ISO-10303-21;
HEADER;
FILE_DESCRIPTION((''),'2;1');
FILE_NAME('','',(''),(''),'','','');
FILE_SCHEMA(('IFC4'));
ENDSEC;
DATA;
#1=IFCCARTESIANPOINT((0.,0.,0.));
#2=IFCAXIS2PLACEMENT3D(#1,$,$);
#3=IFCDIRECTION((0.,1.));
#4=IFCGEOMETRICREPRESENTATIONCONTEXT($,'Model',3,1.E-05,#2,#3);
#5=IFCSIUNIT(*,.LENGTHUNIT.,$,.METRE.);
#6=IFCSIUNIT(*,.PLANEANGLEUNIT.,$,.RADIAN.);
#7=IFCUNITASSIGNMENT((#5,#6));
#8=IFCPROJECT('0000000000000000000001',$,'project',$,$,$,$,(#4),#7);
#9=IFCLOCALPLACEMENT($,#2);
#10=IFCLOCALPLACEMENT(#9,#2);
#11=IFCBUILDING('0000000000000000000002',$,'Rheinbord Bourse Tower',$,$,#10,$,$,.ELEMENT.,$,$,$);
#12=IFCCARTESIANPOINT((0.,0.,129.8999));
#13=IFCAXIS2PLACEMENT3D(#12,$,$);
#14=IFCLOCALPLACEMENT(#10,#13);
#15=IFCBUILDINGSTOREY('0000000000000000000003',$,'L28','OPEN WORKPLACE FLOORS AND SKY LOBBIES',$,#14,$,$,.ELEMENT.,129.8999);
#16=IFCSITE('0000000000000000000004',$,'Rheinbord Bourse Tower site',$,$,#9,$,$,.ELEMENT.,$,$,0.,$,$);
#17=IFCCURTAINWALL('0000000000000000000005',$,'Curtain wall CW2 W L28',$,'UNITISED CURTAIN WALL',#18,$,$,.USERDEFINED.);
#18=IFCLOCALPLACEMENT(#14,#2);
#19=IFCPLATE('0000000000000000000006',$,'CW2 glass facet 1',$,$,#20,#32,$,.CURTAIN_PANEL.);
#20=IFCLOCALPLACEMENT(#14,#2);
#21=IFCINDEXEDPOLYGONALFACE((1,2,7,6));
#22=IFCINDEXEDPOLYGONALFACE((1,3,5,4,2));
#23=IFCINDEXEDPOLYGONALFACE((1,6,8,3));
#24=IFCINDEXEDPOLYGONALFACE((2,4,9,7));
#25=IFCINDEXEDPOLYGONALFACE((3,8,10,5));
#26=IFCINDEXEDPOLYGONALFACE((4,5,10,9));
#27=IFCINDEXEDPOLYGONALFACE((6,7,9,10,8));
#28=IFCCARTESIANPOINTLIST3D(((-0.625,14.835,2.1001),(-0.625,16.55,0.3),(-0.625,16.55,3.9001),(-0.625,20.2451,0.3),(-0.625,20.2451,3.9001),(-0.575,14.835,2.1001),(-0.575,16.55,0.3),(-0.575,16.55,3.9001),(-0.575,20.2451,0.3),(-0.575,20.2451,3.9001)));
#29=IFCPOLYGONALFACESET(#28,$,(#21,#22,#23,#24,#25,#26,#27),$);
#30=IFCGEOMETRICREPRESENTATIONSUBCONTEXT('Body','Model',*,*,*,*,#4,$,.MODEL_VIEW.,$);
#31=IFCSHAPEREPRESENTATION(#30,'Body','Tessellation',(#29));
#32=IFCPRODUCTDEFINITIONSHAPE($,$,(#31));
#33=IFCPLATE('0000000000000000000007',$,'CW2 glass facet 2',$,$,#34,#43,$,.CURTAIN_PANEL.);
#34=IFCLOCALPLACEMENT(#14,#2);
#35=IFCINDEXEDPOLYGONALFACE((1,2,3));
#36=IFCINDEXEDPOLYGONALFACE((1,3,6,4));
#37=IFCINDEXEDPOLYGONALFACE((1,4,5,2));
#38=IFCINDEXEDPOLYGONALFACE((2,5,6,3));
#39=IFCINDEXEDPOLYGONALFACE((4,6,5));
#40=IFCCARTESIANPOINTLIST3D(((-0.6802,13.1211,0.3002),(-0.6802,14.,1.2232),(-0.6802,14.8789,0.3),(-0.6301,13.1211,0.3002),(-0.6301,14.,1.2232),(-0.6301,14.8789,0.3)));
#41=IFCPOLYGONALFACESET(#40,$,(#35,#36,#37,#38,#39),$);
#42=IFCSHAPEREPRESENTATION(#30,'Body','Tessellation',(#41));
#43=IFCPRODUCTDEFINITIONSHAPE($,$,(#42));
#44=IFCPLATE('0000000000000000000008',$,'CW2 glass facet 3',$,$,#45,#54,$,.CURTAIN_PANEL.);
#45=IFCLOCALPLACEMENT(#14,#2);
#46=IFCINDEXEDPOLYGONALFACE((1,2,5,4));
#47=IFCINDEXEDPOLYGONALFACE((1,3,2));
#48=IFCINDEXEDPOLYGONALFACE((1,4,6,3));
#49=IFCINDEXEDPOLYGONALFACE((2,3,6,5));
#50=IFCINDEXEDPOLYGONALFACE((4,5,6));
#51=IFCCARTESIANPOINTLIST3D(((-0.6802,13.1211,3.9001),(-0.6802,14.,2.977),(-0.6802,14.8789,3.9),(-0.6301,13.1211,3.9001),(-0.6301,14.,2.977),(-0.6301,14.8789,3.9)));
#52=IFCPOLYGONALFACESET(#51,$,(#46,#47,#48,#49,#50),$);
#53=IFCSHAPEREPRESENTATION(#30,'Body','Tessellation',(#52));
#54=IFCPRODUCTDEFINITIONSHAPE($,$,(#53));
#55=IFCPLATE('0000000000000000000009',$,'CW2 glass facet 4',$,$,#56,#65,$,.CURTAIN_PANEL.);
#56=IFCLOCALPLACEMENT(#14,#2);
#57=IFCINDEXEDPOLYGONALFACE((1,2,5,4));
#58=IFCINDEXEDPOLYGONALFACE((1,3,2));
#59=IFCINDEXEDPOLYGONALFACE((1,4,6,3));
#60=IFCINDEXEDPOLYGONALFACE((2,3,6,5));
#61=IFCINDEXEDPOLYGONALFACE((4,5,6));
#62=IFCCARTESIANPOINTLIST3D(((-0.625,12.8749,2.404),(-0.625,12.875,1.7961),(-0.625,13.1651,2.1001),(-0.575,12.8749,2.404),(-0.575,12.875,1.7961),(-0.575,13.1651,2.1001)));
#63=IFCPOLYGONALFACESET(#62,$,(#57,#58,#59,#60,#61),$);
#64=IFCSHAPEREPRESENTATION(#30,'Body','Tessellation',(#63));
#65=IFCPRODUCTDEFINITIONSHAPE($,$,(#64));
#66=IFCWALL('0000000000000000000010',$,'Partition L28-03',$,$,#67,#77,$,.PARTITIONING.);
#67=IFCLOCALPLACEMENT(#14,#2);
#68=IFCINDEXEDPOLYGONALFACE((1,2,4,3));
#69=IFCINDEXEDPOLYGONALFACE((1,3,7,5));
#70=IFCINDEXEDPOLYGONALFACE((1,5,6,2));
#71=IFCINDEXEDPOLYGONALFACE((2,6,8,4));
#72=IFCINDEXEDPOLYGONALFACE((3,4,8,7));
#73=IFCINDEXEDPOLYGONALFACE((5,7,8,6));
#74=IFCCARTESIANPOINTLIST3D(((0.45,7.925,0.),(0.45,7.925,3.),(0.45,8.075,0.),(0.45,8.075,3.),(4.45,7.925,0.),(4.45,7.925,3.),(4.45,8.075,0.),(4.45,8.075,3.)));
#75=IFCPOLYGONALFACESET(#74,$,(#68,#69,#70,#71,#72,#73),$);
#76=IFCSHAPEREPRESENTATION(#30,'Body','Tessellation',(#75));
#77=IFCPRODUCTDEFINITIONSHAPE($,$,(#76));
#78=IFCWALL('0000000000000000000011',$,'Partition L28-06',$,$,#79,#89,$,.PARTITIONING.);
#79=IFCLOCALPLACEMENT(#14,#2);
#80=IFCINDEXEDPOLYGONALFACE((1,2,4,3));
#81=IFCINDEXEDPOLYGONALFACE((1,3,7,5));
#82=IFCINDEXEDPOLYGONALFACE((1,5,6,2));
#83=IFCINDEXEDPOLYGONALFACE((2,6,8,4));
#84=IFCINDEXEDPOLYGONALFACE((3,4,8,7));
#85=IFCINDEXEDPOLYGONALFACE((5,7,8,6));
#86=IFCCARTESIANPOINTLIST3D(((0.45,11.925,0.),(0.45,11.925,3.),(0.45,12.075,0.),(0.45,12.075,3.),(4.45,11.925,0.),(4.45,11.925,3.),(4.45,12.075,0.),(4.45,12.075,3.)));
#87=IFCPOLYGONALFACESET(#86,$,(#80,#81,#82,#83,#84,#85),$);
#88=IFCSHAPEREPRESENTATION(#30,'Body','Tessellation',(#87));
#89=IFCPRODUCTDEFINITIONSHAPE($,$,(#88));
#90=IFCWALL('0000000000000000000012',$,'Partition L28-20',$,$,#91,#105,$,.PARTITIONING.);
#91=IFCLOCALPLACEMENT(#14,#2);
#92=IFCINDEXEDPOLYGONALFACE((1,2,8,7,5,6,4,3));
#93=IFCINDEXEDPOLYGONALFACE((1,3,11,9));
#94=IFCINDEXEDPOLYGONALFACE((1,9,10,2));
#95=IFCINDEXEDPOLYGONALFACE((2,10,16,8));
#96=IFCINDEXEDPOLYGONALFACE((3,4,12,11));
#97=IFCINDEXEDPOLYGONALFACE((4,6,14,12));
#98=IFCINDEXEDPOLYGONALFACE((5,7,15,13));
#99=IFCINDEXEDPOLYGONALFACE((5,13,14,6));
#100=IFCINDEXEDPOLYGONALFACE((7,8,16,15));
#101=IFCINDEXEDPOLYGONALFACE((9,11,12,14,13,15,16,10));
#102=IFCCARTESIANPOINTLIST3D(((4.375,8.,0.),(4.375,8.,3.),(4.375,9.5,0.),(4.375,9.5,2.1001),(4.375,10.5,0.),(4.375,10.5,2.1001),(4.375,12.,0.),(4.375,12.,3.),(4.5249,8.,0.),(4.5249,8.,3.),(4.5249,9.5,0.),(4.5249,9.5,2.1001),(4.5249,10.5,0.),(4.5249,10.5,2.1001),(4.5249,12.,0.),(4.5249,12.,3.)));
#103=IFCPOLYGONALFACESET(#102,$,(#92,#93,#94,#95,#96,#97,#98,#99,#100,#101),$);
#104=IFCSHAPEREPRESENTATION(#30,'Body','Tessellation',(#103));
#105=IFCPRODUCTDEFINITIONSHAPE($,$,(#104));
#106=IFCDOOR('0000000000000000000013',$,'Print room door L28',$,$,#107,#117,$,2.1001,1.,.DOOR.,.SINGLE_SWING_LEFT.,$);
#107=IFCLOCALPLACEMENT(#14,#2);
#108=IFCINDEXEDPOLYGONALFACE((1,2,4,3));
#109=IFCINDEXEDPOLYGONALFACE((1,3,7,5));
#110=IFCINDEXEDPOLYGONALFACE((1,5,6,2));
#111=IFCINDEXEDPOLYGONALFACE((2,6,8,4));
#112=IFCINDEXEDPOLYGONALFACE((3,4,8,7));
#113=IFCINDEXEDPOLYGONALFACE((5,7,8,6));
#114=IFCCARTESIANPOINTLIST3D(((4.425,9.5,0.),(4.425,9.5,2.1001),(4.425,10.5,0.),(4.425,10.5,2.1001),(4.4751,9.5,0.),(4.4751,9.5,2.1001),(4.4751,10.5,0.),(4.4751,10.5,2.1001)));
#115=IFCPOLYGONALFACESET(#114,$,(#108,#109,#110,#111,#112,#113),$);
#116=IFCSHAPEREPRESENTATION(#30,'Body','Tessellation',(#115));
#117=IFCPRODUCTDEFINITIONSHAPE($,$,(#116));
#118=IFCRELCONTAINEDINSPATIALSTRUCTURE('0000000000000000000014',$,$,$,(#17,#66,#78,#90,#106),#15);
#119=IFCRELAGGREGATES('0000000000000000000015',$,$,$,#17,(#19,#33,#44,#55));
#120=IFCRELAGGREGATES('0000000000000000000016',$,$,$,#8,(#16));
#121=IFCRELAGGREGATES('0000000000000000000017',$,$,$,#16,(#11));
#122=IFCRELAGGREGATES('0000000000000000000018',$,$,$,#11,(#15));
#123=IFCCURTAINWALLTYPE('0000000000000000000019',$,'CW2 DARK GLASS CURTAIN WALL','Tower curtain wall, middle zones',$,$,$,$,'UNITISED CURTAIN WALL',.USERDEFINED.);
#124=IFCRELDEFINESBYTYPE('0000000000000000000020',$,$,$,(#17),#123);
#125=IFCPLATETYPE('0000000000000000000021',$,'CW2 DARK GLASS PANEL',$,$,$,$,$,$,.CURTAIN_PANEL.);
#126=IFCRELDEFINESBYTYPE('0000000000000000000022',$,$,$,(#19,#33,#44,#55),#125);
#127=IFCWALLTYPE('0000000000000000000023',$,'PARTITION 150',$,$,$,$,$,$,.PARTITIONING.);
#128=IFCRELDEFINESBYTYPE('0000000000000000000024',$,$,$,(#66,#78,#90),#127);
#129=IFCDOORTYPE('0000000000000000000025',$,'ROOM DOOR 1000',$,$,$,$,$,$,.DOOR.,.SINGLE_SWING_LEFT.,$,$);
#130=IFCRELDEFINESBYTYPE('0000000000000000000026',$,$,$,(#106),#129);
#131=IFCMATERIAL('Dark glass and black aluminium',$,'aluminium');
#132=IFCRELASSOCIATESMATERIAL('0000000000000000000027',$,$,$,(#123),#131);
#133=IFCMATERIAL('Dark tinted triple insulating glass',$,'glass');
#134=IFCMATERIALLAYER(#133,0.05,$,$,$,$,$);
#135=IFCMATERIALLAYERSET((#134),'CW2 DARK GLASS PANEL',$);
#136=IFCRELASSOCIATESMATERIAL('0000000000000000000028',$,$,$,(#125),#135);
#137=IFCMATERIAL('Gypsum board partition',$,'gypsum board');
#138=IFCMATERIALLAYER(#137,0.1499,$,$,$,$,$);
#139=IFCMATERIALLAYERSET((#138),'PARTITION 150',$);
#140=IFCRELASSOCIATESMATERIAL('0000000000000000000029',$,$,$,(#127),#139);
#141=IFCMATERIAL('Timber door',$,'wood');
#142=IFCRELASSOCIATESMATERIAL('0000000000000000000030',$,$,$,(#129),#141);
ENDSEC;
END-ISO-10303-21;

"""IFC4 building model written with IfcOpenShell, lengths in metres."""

from ifc_helpers import new_model, si_unit, direction, frame, frame_2d, origin, place, context, subcontext, project, spatial, polyline, rectangle, outline, extrude, material, layer, layer_set, type_object, element, fill, aggregate, save


model = new_model("IFC4")

# Units and contexts
model_context = context("Model", 3, precision=1e-05, world=origin(), true_north=direction((0.0, 1.0)))
body_context = subcontext(model_context, "Body", "Model", "MODEL_VIEW")
ifc_project = project(units=[si_unit("LENGTHUNIT", "METRE"), si_unit("PLANEANGLEUNIT", "RADIAN")], contexts=[model_context])

# Site, building, storey
site_placement = place(None, origin())
site = spatial("IfcSite", under=ifc_project, at=site_placement, Name="Rheinbord Bourse Tower site", CompositionType="ELEMENT", RefElevation=0.0)
building_placement = place(site_placement, origin())
building = spatial("IfcBuilding", under=site, at=building_placement, Name="Rheinbord Bourse Tower", CompositionType="ELEMENT")
storey_placement = place(building_placement, frame((0.0, 0.0, 129.8999)))
storey = spatial("IfcBuildingStorey", under=building, at=storey_placement, Name="L28", Description="OPEN WORKPLACE FLOORS AND SKY LOBBIES", CompositionType="ELEMENT", Elevation=129.8999)

# Curtain wall
ifc_material_1 = material(Name="Dark glass and black aluminium", Category="aluminium")
curtain_wall_type = type_object("IfcCurtainWallType", Name="CW2 DARK GLASS CURTAIN WALL", Description="Tower curtain wall, middle zones", ElementType="UNITISED CURTAIN WALL", PredefinedType="USERDEFINED", material=ifc_material_1)
curtain_wall_placement = place(storey_placement, origin())
curtain_wall = element("IfcCurtainWall", 1, at=curtain_wall_placement, inside=storey, type_object=curtain_wall_type, Name="Curtain wall CW2 W L28", ObjectType="UNITISED CURTAIN WALL", PredefinedType="USERDEFINED")

# Plates
ifc_material_2 = material(Name="Dark tinted triple insulating glass", Category="glass")
ifc_layer_1 = layer(ifc_material_2, 0.05)
ifc_layer_set_1 = layer_set([ifc_layer_1], Name="CW2 DARK GLASS PANEL")
plate_type = type_object("IfcPlateType", Name="CW2 DARK GLASS PANEL", PredefinedType="CURTAIN_PANEL", material=ifc_layer_set_1)
plate_1_placement = place(storey_placement, frame((-0.625, 20.2451, 0.3), z_axis=(1.0, 0.0, 0.0), x_axis=(0.0, 0.0, 1.0)))
plate_1 = element("IfcPlate", 2, at=plate_1_placement, type_object=plate_type, Name="CW2 glass facet 1", PredefinedType="CURTAIN_PANEL", context=body_context, shape_type="SweptSolid", body=[
    extrude(outline(polyline([(0.0, 0.0), (3.6001, 0.0), (3.6001, 3.6951), (1.8, 5.4102), (0.0, 3.6951), (0.0, 0.0)])), origin(), (0.0, 0.0, 1.0), 0.05),
])
plate_2_placement = place(storey_placement, frame((-0.6802, 14.8789, 0.3), z_axis=(1.0, 0.0, 0.0), x_axis=(0.0, -0.68956, 0.724229)))
plate_2 = element("IfcPlate", 3, at=plate_2_placement, type_object=plate_type, Name="CW2 glass facet 2", PredefinedType="CURTAIN_PANEL", context=body_context, shape_type="SweptSolid", body=[
    extrude(outline(polyline([(0.0, 0.0), (1.2747, 0.0), (1.2122, 1.2729), (0.0, 0.0)])), origin(), (0.0, 0.0, 1.0), 0.05),
])
plate_3_placement = place(storey_placement, frame((-0.6802, 13.1211, 3.9001), z_axis=(1.0, 0.0, 0.0), x_axis=(0.0, 0.68956, -0.724229)))
plate_3 = element("IfcPlate", 4, at=plate_3_placement, type_object=plate_type, Name="CW2 glass facet 3", PredefinedType="CURTAIN_PANEL", context=body_context, shape_type="SweptSolid", body=[
    extrude(outline(polyline([(0.0, 0.0), (1.2747, 0.0), (1.2122, 1.2729), (0.0, 0.0)])), origin(), (0.0, 0.0, 1.0), 0.05),
])
plate_4_placement = place(storey_placement, frame((-0.625, 12.875, 1.7961), z_axis=(1.0, 0.0, 0.0), x_axis=(0.0, 0.690351, 0.723474)))
plate_4 = element("IfcPlate", 5, at=plate_4_placement, type_object=plate_type, Name="CW2 glass facet 4", PredefinedType="CURTAIN_PANEL", context=body_context, shape_type="SweptSolid", body=[
    extrude(outline(polyline([(0.0, 0.0), (0.4202, 0.0), (0.4397, 0.4197), (0.0, 0.0)])), origin(), (0.0, 0.0, 1.0), 0.05),
])
aggregate(curtain_wall, [plate_1, plate_2, plate_3, plate_4])

# Walls
ifc_material_3 = material(Name="Gypsum board partition", Category="gypsum board")
ifc_layer_2 = layer(ifc_material_3, 0.1499)
ifc_layer_set_2 = layer_set([ifc_layer_2], Name="PARTITION 150")
wall_type = type_object("IfcWallType", Name="PARTITION 150", PredefinedType="PARTITIONING", material=ifc_layer_set_2)
for number, where, z_axis, x_axis, name in (
    (6, (0.45, 8.0, 0.0), (0.0, 0.0, 1.0), (1.0, 0.0, 0.0), "Partition L28-03"),
    (7, (0.45, 12.0, 0.0), (0.0, 0.0, 1.0), (1.0, 0.0, 0.0), "Partition L28-06"),
):
    element("IfcWall", number, at=place(storey_placement, frame(where, z_axis=z_axis, x_axis=x_axis)), inside=storey, type_object=wall_type, Name=name, PredefinedType="PARTITIONING", context=body_context, shape_type="SweptSolid", body=[
        extrude(rectangle(XDim=4.0, YDim=0.1499, at=frame_2d((2.0, 0.0))), origin(), (0.0, 0.0, 1.0), 3.0),
    ])

# Wall, opening, door
wall_placement = place(storey_placement, frame((4.45, 8.0, 0.0), z_axis=(0.0, 0.0, 1.0), x_axis=(0.0, 1.0, 0.0)))
wall = element("IfcWall", 8, at=wall_placement, inside=storey, type_object=wall_type, Name="Partition L28-20", PredefinedType="PARTITIONING", context=body_context, shape_type="SweptSolid", body=[
    extrude(rectangle(XDim=4.0, YDim=0.1499, at=frame_2d((2.0, 0.0))), origin(), (0.0, 0.0, 1.0), 3.0),
])
opening_placement = place(wall_placement, frame((1.5, 0.0, 0.0)))
opening = element("IfcOpeningElement", 9, at=opening_placement, cuts=wall, PredefinedType="OPENING", context=body_context, shape_type="SweptSolid", body=[
    extrude(rectangle(XDim=1.0, YDim=2.1001, at=frame_2d((0.5, 1.05))), frame((0.0, 0.085, 0.0), z_axis=(0.0, -1.0, 0.0), x_axis=(1.0, 0.0, 0.0)), (0.0, 0.0, 1.0), 0.1699),
])
ifc_material_4 = material(Name="Timber door", Category="wood")
door_type = type_object("IfcDoorType", Name="ROOM DOOR 1000", OperationType="SINGLE_SWING_LEFT", PredefinedType="DOOR", material=ifc_material_4)
door_placement = place(opening_placement, origin())
door = element("IfcDoor", 10, at=door_placement, inside=storey, type_object=door_type, Name="Print room door L28", OperationType="SINGLE_SWING_LEFT", OverallHeight=2.1001, OverallWidth=1.0, PredefinedType="DOOR", context=body_context, shape_type="SweptSolid", body=[
    extrude(rectangle(XDim=1.0, YDim=2.1001, at=frame_2d((0.5, 1.05))), frame((0.0, 0.0249, 0.0), z_axis=(0.0, -1.0, 0.0), x_axis=(1.0, 0.0, 0.0)), (0.0, 0.0, 1.0), 0.05),
])
fill(opening, door)

save(model, "model.ifc")
